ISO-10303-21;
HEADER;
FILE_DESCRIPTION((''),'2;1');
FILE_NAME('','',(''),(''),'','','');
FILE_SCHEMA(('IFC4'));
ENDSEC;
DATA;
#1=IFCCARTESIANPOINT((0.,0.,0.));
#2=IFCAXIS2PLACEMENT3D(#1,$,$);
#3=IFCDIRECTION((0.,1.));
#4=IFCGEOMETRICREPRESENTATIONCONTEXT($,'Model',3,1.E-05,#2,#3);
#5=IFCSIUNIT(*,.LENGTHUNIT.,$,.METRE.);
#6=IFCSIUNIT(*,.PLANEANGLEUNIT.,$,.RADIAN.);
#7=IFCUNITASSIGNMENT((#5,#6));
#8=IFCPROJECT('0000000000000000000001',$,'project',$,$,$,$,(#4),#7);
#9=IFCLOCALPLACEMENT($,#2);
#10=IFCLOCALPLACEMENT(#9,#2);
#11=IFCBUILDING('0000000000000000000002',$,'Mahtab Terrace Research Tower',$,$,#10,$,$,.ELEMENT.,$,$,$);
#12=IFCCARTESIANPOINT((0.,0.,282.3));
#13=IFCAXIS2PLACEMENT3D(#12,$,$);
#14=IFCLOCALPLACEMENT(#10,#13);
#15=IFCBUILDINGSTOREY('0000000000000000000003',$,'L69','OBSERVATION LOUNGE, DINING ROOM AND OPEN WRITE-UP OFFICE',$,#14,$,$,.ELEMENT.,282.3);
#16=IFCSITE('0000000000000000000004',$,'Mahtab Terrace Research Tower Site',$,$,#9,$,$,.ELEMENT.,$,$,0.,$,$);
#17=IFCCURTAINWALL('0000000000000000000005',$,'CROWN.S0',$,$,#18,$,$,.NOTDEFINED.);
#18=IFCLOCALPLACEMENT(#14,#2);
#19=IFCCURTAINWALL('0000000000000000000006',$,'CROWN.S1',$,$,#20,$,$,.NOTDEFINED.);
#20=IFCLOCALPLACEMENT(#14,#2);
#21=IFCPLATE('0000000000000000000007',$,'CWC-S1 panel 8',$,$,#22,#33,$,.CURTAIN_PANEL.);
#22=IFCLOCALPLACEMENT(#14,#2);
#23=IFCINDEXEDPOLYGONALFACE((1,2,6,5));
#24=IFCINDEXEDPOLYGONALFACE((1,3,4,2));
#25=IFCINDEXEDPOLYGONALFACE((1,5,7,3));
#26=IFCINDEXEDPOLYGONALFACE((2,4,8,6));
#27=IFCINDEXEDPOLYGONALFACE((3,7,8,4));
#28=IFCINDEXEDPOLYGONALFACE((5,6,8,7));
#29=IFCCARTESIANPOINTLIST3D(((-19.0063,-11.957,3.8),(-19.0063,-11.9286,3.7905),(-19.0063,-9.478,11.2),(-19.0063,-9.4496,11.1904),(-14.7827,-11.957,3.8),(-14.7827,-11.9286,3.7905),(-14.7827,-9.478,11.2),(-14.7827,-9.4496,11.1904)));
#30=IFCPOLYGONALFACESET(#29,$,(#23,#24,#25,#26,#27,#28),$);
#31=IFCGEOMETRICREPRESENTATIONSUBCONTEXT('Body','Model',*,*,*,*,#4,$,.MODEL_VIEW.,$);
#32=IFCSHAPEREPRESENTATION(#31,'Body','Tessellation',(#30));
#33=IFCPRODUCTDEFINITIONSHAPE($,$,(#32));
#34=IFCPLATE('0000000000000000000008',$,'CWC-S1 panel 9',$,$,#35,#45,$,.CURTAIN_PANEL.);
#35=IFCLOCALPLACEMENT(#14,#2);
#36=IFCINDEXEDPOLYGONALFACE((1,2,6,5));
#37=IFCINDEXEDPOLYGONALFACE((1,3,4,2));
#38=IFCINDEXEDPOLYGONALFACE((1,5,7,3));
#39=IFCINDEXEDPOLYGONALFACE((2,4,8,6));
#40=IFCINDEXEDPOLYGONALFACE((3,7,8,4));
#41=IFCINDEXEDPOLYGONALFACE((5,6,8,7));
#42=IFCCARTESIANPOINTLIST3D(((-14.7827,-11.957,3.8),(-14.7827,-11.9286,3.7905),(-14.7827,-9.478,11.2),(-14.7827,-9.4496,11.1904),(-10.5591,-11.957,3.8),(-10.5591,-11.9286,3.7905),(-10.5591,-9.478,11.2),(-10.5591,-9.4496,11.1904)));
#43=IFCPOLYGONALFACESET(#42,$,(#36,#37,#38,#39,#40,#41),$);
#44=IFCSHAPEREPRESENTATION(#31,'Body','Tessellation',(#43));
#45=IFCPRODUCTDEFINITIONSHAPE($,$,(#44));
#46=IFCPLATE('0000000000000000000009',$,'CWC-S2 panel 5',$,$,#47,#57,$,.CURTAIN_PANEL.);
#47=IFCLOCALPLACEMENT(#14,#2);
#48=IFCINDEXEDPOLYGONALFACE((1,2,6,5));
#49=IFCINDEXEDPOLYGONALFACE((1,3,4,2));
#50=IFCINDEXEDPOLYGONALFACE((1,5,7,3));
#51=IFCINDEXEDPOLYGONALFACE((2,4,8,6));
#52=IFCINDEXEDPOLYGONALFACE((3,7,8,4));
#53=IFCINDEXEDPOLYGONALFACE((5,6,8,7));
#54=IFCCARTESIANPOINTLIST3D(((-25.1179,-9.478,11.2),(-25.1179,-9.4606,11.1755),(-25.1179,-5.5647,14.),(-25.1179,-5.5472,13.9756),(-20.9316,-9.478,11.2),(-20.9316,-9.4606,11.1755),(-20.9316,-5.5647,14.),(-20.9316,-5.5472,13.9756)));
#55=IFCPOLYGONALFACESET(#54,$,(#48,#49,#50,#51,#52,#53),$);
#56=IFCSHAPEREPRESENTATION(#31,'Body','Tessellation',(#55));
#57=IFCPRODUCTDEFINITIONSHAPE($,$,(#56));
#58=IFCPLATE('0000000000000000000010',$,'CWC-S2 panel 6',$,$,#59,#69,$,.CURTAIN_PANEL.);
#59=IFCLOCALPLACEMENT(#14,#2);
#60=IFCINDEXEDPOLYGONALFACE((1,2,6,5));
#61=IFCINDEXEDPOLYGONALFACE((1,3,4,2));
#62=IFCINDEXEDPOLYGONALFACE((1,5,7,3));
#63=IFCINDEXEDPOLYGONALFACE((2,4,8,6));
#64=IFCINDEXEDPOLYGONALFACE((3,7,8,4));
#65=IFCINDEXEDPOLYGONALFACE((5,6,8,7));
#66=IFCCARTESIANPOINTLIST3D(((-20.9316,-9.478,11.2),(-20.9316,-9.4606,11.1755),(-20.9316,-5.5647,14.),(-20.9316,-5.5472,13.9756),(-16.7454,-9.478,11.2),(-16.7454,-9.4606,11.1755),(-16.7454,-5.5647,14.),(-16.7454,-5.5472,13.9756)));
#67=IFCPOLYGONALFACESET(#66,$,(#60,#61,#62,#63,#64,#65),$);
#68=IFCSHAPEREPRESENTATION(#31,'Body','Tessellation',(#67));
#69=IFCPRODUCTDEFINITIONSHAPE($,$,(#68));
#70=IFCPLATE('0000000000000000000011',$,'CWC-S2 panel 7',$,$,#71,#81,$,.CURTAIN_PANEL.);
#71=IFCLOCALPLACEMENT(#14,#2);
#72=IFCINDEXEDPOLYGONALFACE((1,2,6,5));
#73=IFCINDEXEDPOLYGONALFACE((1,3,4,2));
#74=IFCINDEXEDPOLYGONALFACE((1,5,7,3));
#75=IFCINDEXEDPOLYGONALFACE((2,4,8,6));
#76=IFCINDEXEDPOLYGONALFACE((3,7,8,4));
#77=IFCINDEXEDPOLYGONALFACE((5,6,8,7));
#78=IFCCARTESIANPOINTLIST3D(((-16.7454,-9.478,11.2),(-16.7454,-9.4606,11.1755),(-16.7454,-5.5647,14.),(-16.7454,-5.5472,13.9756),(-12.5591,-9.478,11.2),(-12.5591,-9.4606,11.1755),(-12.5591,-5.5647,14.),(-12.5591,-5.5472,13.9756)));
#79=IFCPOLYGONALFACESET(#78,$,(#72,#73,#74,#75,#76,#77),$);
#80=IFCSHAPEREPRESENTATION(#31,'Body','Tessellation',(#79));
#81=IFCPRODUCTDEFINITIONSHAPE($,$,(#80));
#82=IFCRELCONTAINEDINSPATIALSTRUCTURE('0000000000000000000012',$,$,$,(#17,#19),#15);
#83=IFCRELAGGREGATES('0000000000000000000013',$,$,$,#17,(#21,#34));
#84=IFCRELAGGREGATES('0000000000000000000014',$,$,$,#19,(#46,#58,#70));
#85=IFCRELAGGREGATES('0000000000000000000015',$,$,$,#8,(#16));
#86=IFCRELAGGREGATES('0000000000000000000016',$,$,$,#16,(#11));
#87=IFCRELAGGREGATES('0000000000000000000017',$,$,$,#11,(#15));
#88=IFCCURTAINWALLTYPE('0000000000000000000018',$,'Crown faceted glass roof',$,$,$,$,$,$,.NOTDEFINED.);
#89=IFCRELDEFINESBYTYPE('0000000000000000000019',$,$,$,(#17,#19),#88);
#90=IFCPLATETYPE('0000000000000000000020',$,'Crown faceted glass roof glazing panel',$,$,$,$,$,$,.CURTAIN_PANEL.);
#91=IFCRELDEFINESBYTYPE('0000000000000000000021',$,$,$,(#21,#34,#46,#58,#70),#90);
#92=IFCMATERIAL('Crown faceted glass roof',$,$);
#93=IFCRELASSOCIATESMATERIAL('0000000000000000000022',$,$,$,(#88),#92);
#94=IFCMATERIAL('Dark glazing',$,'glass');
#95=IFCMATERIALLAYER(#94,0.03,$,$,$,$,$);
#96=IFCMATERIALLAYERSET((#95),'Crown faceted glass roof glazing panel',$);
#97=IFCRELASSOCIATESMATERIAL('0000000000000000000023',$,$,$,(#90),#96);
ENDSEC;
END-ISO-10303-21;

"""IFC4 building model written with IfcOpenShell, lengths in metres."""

from ifc_helpers import new_model, si_unit, direction, frame, origin, place, context, subcontext, project, spatial, polyline, outline, extrude, material, layer, layer_set, type_object, element, aggregate, save


model = new_model("IFC4")

# Units and contexts
model_context = context("Model", 3, precision=1e-05, world=origin(), true_north=direction((0.0, 1.0)))
body_context = subcontext(model_context, "Body", "Model", "MODEL_VIEW")
ifc_project = project(units=[si_unit("LENGTHUNIT", "METRE"), si_unit("PLANEANGLEUNIT", "RADIAN")], contexts=[model_context])

# Site, building, storey
site_placement = place(None, origin())
site = spatial("IfcSite", under=ifc_project, at=site_placement, Name="Mahtab Terrace Research Tower Site", CompositionType="ELEMENT", RefElevation=0.0)
building_placement = place(site_placement, origin())
building = spatial("IfcBuilding", under=site, at=building_placement, Name="Mahtab Terrace Research Tower", CompositionType="ELEMENT")
storey_placement = place(building_placement, frame((0.0, 0.0, 282.3)))
storey = spatial("IfcBuildingStorey", under=building, at=storey_placement, Name="L69", Description="OBSERVATION LOUNGE, DINING ROOM AND OPEN WRITE-UP OFFICE", CompositionType="ELEMENT", Elevation=282.3)

# Curtain walls
ifc_material_1 = material(Name="Crown faceted glass roof")
curtain_wall_type = type_object("IfcCurtainWallType", Name="Crown faceted glass roof", PredefinedType="NOTDEFINED", material=ifc_material_1)
curtain_wall_1_placement = place(storey_placement, origin())
curtain_wall_1 = element("IfcCurtainWall", 1, at=curtain_wall_1_placement, inside=storey, type_object=curtain_wall_type, Name="CROWN.S0", PredefinedType="NOTDEFINED")
curtain_wall_2_placement = place(storey_placement, origin())
curtain_wall_2 = element("IfcCurtainWall", 2, at=curtain_wall_2_placement, inside=storey, type_object=curtain_wall_type, Name="CROWN.S1", PredefinedType="NOTDEFINED")

# Plates
ifc_material_2 = material(Name="Dark glazing", Category="glass")
ifc_layer = layer(ifc_material_2, 0.03)
ifc_layer_set = layer_set([ifc_layer], Name="Crown faceted glass roof glazing panel")
plate_type = type_object("IfcPlateType", Name="Crown faceted glass roof glazing panel", PredefinedType="CURTAIN_PANEL", material=ifc_layer_set)
plate_1_placement = place(storey_placement, frame((-14.7827, -11.957, 3.8), z_axis=(0.0, -0.948207, 0.317654), x_axis=(0.0, 0.317654, 0.948207)))
plate_1 = element("IfcPlate", 3, at=plate_1_placement, type_object=plate_type, Name="CWC-S1 panel 8", PredefinedType="CURTAIN_PANEL", context=body_context, shape_type="SweptSolid", body=[
    extrude(outline(polyline([(0.0, 0.0), (7.8041, 0.0), (7.8041, 4.2236), (0.0, 4.2236), (0.0, 0.0)])), origin(), (0.0, 0.0, -1.0), 0.03),
])
plate_2_placement = place(storey_placement, frame((-10.5591, -11.957, 3.8), z_axis=(0.0, -0.948207, 0.317654), x_axis=(0.0, 0.317654, 0.948207)))
plate_2 = element("IfcPlate", 4, at=plate_2_placement, type_object=plate_type, Name="CWC-S1 panel 9", PredefinedType="CURTAIN_PANEL", context=body_context, shape_type="SweptSolid", body=[
    extrude(outline(polyline([(0.0, 0.0), (7.8041, 0.0), (7.8041, 4.2236), (0.0, 4.2236), (0.0, 0.0)])), origin(), (0.0, 0.0, -1.0), 0.03),
])
aggregate(curtain_wall_1, [plate_1, plate_2])
plate_3_placement = place(storey_placement, frame((-20.9316, -9.478, 11.2), z_axis=(0.0, -0.5819, 0.81326), x_axis=(0.0, 0.81326, 0.5819)))
plate_3 = element("IfcPlate", 5, at=plate_3_placement, type_object=plate_type, Name="CWC-S2 panel 5", PredefinedType="CURTAIN_PANEL", context=body_context, shape_type="SweptSolid", body=[
    extrude(outline(polyline([(0.0, 0.0), (4.8119, 0.0), (4.8119, 4.1863), (0.0, 4.1863), (0.0, 0.0)])), origin(), (0.0, 0.0, -1.0), 0.03),
])
plate_4_placement = place(storey_placement, frame((-16.7454, -9.478, 11.2), z_axis=(0.0, -0.5819, 0.81326), x_axis=(0.0, 0.81326, 0.5819)))
plate_4 = element("IfcPlate", 6, at=plate_4_placement, type_object=plate_type, Name="CWC-S2 panel 6", PredefinedType="CURTAIN_PANEL", context=body_context, shape_type="SweptSolid", body=[
    extrude(outline(polyline([(0.0, 0.0), (4.8119, 0.0), (4.8119, 4.1863), (0.0, 4.1863), (0.0, 0.0)])), origin(), (0.0, 0.0, -1.0), 0.03),
])
plate_5_placement = place(storey_placement, frame((-12.5591, -9.478, 11.2), z_axis=(0.0, -0.5819, 0.81326), x_axis=(0.0, 0.81326, 0.5819)))
plate_5 = element("IfcPlate", 7, at=plate_5_placement, type_object=plate_type, Name="CWC-S2 panel 7", PredefinedType="CURTAIN_PANEL", context=body_context, shape_type="SweptSolid", body=[
    extrude(outline(polyline([(0.0, 0.0), (4.8119, 0.0), (4.8119, 4.1863), (0.0, 4.1863), (0.0, 0.0)])), origin(), (0.0, 0.0, -1.0), 0.03),
])
aggregate(curtain_wall_2, [plate_3, plate_4, plate_5])

save(model, "model.ifc")
